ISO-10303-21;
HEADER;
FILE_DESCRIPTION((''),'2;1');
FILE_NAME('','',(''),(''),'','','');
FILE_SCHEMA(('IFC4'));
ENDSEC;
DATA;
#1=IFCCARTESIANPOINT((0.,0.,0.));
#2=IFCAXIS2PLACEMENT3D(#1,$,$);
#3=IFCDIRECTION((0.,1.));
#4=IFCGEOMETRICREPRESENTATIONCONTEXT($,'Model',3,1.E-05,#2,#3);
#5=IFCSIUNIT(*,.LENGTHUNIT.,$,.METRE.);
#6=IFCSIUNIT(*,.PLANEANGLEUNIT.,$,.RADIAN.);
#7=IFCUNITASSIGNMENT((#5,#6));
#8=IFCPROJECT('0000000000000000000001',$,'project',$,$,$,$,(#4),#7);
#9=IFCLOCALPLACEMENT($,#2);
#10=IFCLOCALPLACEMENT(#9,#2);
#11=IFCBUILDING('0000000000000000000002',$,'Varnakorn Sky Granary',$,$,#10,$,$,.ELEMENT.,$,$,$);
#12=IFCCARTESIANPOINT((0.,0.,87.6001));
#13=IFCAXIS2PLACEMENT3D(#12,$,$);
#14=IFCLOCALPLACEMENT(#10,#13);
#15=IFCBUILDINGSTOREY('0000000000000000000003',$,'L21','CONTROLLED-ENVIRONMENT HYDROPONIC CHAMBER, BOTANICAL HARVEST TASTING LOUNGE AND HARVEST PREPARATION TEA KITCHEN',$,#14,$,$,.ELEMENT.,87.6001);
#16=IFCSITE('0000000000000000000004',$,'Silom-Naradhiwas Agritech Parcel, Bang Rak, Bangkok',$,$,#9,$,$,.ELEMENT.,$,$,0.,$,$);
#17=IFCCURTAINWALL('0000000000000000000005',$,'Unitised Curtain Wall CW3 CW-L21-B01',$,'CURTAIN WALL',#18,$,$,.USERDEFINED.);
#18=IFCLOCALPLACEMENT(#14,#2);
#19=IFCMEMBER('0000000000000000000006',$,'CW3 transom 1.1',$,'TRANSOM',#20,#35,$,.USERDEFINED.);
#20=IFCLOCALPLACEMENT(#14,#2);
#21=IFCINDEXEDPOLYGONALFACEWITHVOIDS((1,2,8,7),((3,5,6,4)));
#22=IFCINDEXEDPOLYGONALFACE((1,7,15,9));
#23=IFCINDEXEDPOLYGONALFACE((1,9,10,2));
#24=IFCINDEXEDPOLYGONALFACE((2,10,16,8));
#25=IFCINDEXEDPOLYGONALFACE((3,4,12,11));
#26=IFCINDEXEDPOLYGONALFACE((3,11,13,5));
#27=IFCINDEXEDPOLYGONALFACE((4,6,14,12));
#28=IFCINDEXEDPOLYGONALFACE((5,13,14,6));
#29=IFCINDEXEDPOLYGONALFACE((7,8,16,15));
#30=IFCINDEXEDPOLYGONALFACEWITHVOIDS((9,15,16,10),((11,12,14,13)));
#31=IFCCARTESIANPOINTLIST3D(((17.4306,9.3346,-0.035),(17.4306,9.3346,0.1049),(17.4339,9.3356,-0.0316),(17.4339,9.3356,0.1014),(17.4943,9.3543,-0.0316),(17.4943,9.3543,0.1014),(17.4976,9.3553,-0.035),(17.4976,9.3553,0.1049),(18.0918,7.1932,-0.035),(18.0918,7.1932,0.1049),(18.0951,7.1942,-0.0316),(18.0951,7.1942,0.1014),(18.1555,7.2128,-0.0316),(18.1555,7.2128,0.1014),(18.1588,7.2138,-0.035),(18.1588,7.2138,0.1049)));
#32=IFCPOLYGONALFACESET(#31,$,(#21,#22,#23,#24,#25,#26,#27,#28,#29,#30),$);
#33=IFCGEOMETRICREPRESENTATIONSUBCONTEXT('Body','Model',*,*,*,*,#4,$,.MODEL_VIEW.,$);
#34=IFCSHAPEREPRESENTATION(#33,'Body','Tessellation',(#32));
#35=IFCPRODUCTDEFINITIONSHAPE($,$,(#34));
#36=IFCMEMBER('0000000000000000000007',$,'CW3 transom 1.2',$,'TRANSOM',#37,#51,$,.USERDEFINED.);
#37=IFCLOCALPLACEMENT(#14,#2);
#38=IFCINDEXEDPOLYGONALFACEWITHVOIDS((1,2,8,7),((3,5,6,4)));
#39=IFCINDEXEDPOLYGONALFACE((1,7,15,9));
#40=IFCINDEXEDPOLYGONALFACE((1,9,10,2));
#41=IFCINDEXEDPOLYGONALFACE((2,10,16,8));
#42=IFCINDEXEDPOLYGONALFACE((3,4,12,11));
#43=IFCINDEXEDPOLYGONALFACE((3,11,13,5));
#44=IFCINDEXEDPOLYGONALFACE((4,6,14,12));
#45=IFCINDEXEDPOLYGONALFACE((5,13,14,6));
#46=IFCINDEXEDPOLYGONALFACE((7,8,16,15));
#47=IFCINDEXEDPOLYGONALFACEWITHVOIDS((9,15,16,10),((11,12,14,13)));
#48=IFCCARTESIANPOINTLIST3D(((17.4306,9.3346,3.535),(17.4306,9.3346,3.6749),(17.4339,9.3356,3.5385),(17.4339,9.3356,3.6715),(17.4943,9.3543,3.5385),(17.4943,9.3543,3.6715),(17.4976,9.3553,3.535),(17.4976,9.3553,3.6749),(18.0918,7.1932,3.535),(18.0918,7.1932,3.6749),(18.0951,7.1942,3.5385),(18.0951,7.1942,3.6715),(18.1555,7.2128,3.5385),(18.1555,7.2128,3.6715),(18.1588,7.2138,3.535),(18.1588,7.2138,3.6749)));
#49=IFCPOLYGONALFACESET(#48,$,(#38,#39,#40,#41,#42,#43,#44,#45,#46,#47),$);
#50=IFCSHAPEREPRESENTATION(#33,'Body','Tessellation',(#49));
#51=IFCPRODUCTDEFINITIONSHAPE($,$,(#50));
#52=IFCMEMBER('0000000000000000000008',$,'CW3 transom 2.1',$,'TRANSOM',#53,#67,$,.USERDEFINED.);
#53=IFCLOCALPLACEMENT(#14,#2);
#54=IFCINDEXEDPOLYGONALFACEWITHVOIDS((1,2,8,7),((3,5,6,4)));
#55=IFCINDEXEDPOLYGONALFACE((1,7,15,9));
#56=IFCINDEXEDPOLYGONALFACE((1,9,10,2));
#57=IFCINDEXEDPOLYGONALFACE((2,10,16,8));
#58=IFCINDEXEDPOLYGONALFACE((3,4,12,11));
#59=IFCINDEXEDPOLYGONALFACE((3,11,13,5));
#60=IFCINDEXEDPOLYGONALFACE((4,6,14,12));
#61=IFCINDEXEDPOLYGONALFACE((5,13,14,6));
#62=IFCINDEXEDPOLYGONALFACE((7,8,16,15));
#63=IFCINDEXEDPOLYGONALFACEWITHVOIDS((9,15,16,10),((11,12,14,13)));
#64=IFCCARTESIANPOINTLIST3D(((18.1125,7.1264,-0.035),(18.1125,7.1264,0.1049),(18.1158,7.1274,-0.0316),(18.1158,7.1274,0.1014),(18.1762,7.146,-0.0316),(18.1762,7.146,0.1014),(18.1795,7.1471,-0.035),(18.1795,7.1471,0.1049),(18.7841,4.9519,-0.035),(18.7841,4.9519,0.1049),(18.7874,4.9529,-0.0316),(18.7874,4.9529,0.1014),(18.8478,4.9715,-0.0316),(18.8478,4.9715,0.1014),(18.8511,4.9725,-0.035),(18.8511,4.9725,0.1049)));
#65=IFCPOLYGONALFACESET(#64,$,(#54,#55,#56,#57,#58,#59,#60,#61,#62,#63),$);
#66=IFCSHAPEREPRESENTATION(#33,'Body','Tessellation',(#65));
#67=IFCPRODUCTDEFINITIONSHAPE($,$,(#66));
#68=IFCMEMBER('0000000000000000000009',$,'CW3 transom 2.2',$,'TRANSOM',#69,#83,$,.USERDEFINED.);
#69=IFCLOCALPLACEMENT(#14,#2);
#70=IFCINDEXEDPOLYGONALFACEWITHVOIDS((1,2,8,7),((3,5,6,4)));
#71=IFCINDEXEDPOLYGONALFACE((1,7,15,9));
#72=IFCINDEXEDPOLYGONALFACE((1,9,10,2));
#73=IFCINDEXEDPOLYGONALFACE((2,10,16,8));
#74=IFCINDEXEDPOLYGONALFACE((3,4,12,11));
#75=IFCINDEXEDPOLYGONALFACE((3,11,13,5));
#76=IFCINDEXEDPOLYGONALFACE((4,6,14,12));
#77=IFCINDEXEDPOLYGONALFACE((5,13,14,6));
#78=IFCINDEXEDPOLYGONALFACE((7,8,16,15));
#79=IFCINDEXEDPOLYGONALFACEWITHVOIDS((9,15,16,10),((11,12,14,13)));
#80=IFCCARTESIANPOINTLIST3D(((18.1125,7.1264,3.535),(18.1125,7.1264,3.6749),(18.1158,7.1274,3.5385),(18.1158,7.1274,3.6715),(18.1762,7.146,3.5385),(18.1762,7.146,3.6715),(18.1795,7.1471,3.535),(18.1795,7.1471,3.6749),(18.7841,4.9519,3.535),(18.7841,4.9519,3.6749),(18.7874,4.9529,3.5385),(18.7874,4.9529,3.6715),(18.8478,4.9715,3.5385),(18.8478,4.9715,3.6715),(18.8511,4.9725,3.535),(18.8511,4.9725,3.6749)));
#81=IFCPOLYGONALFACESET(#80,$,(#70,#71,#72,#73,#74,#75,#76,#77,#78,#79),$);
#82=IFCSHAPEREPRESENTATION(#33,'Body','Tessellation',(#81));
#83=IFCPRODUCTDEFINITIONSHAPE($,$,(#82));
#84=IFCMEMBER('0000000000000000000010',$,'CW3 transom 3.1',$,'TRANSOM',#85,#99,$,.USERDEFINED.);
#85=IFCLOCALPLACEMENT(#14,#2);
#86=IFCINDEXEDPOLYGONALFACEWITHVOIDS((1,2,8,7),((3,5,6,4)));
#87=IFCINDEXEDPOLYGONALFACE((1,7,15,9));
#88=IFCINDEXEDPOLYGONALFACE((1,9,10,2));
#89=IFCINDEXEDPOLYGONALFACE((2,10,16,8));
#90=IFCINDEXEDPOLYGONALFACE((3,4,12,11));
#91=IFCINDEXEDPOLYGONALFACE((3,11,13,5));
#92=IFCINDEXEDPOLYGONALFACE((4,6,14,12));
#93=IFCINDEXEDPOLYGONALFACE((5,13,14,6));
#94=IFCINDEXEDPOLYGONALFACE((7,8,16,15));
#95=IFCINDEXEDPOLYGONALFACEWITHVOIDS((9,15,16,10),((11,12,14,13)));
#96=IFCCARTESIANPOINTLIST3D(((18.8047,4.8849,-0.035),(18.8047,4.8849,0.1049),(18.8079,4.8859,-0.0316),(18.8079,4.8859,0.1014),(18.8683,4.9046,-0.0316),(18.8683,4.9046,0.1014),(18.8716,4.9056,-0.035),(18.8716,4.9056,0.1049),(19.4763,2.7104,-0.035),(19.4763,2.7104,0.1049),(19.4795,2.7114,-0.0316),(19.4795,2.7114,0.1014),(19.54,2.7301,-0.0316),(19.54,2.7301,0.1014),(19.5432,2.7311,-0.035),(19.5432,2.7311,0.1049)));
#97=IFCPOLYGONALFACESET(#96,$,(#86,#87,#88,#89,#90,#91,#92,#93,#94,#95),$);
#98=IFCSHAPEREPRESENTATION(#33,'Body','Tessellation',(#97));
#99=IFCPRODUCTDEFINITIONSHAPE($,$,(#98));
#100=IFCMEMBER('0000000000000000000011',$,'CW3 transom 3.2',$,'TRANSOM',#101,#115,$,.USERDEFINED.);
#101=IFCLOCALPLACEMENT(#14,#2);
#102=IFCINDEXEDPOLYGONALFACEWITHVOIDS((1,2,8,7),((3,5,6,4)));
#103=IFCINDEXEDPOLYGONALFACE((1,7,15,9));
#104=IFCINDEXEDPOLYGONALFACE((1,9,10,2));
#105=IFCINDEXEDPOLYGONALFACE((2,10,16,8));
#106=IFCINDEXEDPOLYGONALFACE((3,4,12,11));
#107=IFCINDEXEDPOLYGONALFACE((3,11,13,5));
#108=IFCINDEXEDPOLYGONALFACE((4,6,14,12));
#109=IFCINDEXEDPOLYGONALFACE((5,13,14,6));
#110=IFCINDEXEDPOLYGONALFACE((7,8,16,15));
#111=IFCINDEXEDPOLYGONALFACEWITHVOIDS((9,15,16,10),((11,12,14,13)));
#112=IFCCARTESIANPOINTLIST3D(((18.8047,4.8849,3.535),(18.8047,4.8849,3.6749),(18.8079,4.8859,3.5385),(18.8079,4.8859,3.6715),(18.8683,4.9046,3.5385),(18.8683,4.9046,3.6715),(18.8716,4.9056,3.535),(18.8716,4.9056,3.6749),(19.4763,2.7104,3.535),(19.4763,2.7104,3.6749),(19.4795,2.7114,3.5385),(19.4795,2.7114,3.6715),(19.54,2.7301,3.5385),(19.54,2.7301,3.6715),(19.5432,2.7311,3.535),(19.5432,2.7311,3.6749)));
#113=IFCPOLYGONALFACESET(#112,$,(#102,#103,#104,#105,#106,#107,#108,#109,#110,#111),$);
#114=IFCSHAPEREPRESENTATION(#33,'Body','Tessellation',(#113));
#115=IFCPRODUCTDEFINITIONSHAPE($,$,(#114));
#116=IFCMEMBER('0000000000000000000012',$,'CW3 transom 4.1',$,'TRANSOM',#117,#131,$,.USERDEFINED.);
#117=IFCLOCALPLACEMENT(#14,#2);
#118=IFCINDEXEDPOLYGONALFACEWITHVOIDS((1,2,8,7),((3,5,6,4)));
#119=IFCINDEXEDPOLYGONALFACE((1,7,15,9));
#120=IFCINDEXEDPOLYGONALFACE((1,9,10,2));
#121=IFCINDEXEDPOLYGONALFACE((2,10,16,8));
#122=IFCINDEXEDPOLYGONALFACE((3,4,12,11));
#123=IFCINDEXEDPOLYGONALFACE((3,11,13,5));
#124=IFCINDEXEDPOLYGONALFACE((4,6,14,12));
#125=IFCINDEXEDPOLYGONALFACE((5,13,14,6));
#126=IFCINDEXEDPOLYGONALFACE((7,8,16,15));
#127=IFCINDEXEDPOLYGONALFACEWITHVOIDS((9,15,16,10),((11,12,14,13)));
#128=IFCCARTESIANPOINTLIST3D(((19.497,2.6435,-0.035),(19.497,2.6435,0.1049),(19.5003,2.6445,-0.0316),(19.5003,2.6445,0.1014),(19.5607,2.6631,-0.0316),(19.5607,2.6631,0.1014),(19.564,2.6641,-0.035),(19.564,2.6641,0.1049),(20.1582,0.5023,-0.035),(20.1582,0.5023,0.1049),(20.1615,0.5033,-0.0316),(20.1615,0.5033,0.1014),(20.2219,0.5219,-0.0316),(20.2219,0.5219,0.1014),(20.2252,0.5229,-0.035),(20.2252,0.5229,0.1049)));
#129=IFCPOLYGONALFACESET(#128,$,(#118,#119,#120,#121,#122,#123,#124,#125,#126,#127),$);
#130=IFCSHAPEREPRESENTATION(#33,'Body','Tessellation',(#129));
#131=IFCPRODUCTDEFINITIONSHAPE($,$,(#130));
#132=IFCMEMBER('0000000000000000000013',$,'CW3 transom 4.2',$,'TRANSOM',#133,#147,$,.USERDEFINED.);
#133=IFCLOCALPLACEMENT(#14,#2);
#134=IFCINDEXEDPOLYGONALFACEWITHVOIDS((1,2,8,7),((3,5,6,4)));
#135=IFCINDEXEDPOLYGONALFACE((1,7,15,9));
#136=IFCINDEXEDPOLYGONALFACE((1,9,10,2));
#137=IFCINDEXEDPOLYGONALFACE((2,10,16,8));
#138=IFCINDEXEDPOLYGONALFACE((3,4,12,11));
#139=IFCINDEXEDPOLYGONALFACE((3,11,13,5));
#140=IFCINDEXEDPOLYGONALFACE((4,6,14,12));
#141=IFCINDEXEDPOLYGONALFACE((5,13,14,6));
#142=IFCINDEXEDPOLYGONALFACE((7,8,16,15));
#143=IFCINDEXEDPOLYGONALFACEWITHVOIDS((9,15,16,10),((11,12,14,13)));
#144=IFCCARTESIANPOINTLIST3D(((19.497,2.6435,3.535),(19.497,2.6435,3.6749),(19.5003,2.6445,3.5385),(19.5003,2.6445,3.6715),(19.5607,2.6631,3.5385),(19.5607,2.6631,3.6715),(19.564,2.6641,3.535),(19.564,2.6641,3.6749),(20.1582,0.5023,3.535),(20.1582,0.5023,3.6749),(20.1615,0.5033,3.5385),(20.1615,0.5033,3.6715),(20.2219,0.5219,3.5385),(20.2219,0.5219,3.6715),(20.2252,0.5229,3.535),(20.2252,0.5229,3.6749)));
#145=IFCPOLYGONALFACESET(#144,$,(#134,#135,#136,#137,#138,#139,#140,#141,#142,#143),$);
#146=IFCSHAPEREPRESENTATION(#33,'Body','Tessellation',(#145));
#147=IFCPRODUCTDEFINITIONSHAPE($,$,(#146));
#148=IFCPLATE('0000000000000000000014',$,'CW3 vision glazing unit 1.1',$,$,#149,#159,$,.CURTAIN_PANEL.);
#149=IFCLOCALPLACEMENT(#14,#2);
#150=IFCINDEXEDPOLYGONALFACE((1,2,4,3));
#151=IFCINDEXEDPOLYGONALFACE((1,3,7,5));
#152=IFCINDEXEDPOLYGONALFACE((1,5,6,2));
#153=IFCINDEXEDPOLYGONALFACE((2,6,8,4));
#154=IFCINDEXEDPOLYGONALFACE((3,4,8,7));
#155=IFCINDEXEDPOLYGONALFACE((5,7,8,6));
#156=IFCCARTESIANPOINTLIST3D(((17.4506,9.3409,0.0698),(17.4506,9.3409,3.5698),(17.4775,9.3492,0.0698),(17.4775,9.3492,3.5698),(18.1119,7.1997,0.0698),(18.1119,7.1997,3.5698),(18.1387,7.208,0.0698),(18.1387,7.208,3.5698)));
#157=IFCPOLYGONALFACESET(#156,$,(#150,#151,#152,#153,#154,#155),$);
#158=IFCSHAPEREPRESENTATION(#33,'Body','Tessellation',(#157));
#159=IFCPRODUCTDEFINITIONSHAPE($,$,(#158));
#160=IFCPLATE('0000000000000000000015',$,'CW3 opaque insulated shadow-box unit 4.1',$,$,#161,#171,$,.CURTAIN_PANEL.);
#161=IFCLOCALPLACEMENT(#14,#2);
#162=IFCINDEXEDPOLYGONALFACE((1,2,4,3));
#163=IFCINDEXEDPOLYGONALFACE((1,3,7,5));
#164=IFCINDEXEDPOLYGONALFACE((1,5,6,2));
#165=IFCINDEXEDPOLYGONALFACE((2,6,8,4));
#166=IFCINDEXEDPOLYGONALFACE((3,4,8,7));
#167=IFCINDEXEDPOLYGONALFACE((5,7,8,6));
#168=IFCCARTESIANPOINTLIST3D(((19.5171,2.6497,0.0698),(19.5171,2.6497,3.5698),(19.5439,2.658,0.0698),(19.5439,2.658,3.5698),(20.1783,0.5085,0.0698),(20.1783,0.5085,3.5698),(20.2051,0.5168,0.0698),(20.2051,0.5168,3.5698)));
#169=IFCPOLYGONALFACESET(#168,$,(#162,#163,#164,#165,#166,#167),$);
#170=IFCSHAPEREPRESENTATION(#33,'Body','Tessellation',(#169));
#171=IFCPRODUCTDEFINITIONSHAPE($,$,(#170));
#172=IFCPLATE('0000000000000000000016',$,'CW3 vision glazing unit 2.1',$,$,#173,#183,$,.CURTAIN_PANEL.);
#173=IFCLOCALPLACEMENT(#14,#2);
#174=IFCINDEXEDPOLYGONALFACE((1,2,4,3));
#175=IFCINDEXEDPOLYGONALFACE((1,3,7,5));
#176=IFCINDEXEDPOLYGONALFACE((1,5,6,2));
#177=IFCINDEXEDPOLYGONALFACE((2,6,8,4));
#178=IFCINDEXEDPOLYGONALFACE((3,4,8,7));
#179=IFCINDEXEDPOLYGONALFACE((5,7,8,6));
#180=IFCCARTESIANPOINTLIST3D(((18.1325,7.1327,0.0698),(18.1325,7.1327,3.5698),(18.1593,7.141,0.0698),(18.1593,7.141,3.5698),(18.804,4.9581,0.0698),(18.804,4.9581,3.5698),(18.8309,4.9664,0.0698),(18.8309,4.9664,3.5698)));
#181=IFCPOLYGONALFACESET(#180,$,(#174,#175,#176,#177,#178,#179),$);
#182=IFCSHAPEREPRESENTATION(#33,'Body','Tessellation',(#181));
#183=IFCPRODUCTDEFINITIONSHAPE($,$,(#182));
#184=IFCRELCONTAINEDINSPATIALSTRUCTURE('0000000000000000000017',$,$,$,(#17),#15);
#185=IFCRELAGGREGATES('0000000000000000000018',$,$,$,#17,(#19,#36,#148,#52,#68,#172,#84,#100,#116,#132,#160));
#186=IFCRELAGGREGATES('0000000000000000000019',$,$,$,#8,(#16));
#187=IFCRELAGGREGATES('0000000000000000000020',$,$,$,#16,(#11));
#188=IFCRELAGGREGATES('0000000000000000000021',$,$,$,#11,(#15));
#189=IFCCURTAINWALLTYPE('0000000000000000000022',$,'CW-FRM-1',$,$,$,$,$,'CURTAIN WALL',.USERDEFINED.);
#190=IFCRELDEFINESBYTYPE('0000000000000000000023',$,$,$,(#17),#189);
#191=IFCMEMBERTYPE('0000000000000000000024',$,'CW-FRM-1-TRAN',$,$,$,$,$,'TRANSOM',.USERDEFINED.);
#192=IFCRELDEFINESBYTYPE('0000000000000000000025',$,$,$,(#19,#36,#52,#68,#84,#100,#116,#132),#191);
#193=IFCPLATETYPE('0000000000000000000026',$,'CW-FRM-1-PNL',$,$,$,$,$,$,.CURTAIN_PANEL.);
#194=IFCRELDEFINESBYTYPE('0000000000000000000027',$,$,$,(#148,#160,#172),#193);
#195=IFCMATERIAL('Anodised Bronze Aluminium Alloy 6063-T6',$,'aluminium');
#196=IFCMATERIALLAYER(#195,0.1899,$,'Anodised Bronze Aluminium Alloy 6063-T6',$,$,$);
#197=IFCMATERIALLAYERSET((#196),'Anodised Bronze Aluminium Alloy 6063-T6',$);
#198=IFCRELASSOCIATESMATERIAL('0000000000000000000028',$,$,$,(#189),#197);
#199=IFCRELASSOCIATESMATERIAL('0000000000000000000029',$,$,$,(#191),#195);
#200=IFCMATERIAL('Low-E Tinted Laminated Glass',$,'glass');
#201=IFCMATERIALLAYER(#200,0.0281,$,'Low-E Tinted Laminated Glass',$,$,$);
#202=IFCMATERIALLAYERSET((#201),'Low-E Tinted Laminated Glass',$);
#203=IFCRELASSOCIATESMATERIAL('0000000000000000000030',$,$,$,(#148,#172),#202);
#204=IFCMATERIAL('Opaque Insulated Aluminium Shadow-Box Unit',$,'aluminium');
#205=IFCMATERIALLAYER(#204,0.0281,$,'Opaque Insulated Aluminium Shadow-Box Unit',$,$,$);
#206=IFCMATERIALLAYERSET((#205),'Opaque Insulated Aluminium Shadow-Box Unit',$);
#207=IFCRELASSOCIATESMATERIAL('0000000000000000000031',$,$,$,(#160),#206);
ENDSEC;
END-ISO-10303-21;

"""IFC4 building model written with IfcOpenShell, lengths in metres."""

from ifc_helpers import new_model, si_unit, direction, frame, origin, origin_2d, place, context, subcontext, project, spatial, rectangle, hollow_rectangle, extrude, source, transform, mapped, material, layer, layer_set, material_profile, profile_set, type_object, type_shapes, element, aggregate, save


model = new_model("IFC4")

# Units and contexts
model_context = context("Model", 3, precision=1e-05, world=origin(), true_north=direction((0.0, 1.0)))
body_context = subcontext(model_context, "Body", "Model", "MODEL_VIEW")
ifc_project = project(units=[si_unit("LENGTHUNIT", "METRE"), si_unit("PLANEANGLEUNIT", "RADIAN")], contexts=[model_context])

# Site, building, storey
site_placement = place(None, origin())
site = spatial("IfcSite", under=ifc_project, at=site_placement, Name="Silom-Naradhiwas Agritech Parcel, Bang Rak, Bangkok", CompositionType="ELEMENT", RefElevation=0.0)
building_placement = place(site_placement, origin())
building = spatial("IfcBuilding", under=site, at=building_placement, Name="Varnakorn Sky Granary", CompositionType="ELEMENT")
storey_placement = place(building_placement, frame((0.0, 0.0, 87.6001)))
storey = spatial("IfcBuildingStorey", under=building, at=storey_placement, Name="L21", Description="CONTROLLED-ENVIRONMENT HYDROPONIC CHAMBER, BOTANICAL HARVEST TASTING LOUNGE AND HARVEST PREPARATION TEA KITCHEN", CompositionType="ELEMENT", Elevation=87.6001)

# Curtain wall
ifc_material_1 = material(Name="Anodised Bronze Aluminium Alloy 6063-T6", Category="aluminium")
ifc_layer_1 = layer(ifc_material_1, 0.1899, Name="Anodised Bronze Aluminium Alloy 6063-T6")
ifc_layer_set_1 = layer_set([ifc_layer_1], Name="Anodised Bronze Aluminium Alloy 6063-T6")
curtain_wall_type = type_object("IfcCurtainWallType", Name="CW-FRM-1", ElementType="CURTAIN WALL", PredefinedType="USERDEFINED", material=ifc_layer_set_1)
curtain_wall_1_placement = place(storey_placement, origin())
curtain_wall_1 = element("IfcCurtainWall", 1, at=curtain_wall_1_placement, inside=storey, type_object=curtain_wall_type, Name="Unitised Curtain Wall CW3 CW-L21-B01", ObjectType="CURTAIN WALL", PredefinedType="USERDEFINED")

# Members
ifc_material_profile_1 = material_profile(ifc_material_1, hollow_rectangle(XDim=0.0701, YDim=0.1399, WallThickness=0.0034, at=origin_2d()), Name="ALU TRAN 70x140")
ifc_profile_set_1 = profile_set([ifc_material_profile_1], Name="Anodised Bronze Aluminium Alloy 6063-T6")
member_type_1 = type_object("IfcMemberType", Name="CW-FRM-1-TRAN", ElementType="TRANSOM", PredefinedType="USERDEFINED", material=ifc_profile_set_1)
member_1_placement = place(storey_placement, frame((17.4641, 9.345, 0.0349), z_axis=(0.295004, -0.955496, 0.0), x_axis=(0.955496, 0.295004, 0.0)))
member_1 = element("IfcMember", 2, at=member_1_placement, type_object=member_type_1, Name="CW3 transom 1.1", ObjectType="TRANSOM", PredefinedType="USERDEFINED", context=body_context, shape_type="SweptSolid", body=[
    extrude(hollow_rectangle(XDim=0.0701, YDim=0.1399, WallThickness=0.0034, at=origin_2d()), origin(), (0.0, 0.0, 1.0), 2.2412),
])
member_2_placement = place(storey_placement, frame((17.4641, 9.345, 3.605), z_axis=(0.295004, -0.955496, 0.0), x_axis=(0.955496, 0.295004, 0.0)))
member_2 = element("IfcMember", 3, at=member_2_placement, type_object=member_type_1, Name="CW3 transom 1.2", ObjectType="TRANSOM", PredefinedType="USERDEFINED", context=body_context, shape_type="SweptSolid", body=[
    extrude(hollow_rectangle(XDim=0.0701, YDim=0.1399, WallThickness=0.0034, at=origin_2d()), origin(), (0.0, 0.0, 1.0), 2.2412),
])
member_3_placement = place(storey_placement, frame((18.146, 7.1367, 0.0349), z_axis=(0.295103, -0.955465, 0.0), x_axis=(0.955465, 0.295103, 0.0)))
member_3 = element("IfcMember", 4, at=member_3_placement, type_object=member_type_1, Name="CW3 transom 2.1", ObjectType="TRANSOM", PredefinedType="USERDEFINED", context=body_context, shape_type="SweptSolid", body=[
    extrude(hollow_rectangle(XDim=0.0701, YDim=0.1399, WallThickness=0.0034, at=origin_2d()), origin(), (0.0, 0.0, 1.0), 2.2759),
])
member_4_placement = place(storey_placement, frame((18.146, 7.1367, 3.605), z_axis=(0.295103, -0.955465, 0.0), x_axis=(0.955465, 0.295103, 0.0)))
member_4 = element("IfcMember", 5, at=member_4_placement, type_object=member_type_1, Name="CW3 transom 2.2", ObjectType="TRANSOM", PredefinedType="USERDEFINED", context=body_context, shape_type="SweptSolid", body=[
    extrude(hollow_rectangle(XDim=0.0701, YDim=0.1399, WallThickness=0.0034, at=origin_2d()), origin(), (0.0, 0.0, 1.0), 2.2759),
])
member_5_placement = place(storey_placement, frame((18.8381, 4.8953, 0.0349), z_axis=(0.295103, -0.955465, 0.0), x_axis=(0.955465, 0.295103, 0.0)))
member_5 = element("IfcMember", 6, at=member_5_placement, type_object=member_type_1, Name="CW3 transom 3.1", ObjectType="TRANSOM", PredefinedType="USERDEFINED", context=body_context, shape_type="SweptSolid", body=[
    extrude(hollow_rectangle(XDim=0.0701, YDim=0.1399, WallThickness=0.0034, at=origin_2d()), origin(), (0.0, 0.0, 1.0), 2.2759),
])
member_6_placement = place(storey_placement, frame((18.8381, 4.8953, 3.605), z_axis=(0.295103, -0.955465, 0.0), x_axis=(0.955465, 0.295103, 0.0)))
member_6 = element("IfcMember", 7, at=member_6_placement, type_object=member_type_1, Name="CW3 transom 3.2", ObjectType="TRANSOM", PredefinedType="USERDEFINED", context=body_context, shape_type="SweptSolid", body=[
    extrude(hollow_rectangle(XDim=0.0701, YDim=0.1399, WallThickness=0.0034, at=origin_2d()), origin(), (0.0, 0.0, 1.0), 2.2759),
])
member_7_placement = place(storey_placement, frame((19.5305, 2.6538, 0.0349), z_axis=(0.295035, -0.955486, 0.0), x_axis=(0.955486, 0.295035, 0.0)))
member_7 = element("IfcMember", 8, at=member_7_placement, type_object=member_type_1, Name="CW3 transom 4.1", ObjectType="TRANSOM", PredefinedType="USERDEFINED", context=body_context, shape_type="SweptSolid", body=[
    extrude(hollow_rectangle(XDim=0.0701, YDim=0.1399, WallThickness=0.0034, at=origin_2d()), origin(), (0.0, 0.0, 1.0), 2.241),
])
member_8_placement = place(storey_placement, frame((19.5305, 2.6538, 3.605), z_axis=(0.295035, -0.955486, 0.0), x_axis=(0.955486, 0.295035, 0.0)))
member_8 = element("IfcMember", 9, at=member_8_placement, type_object=member_type_1, Name="CW3 transom 4.2", ObjectType="TRANSOM", PredefinedType="USERDEFINED", context=body_context, shape_type="SweptSolid", body=[
    extrude(hollow_rectangle(XDim=0.0701, YDim=0.1399, WallThickness=0.0034, at=origin_2d()), origin(), (0.0, 0.0, 1.0), 2.241),
])

# Plates
ifc_material_2 = material(Name="Low-E Tinted Laminated Glass", Category="glass")
ifc_layer_2 = layer(ifc_material_2, 0.0281, Name="Low-E Tinted Laminated Glass")
ifc_layer_set_2 = layer_set([ifc_layer_2], Name="Low-E Tinted Laminated Glass")
plate_type = type_object("IfcPlateType", Name="CW-FRM-1-PNL", PredefinedType="CURTAIN_PANEL")
shared_shape_1 = source(origin(), body_context, "Body", "SweptSolid", [
    extrude(rectangle(XDim=2.241, YDim=0.0281, at=origin_2d()), origin(), (0.0, 0.0, 1.0), 3.5),
])
plate_1_placement = place(storey_placement, frame((17.7947, 8.2744, 0.0698), z_axis=(0.0, 0.0, 1.0), x_axis=(0.295069, -0.955476, 0.0)))
plate_1 = element("IfcPlate", 10, at=plate_1_placement, type_object=plate_type, material=ifc_layer_set_2, Name="CW3 vision glazing unit 1.1", PredefinedType="CURTAIN_PANEL", context=body_context, shape_type="MappedRepresentation", body=[
    mapped(shared_shape_1, transform((0.0, 0.0, 0.0), x_axis=(1.0, 0.0, 0.0), y_axis=(0.0, 1.0, 0.0), z_axis=(0.0, 0.0, 1.0), scale=1.0)),
])
ifc_material_3 = material(Name="Opaque Insulated Aluminium Shadow-Box Unit", Category="aluminium")
ifc_layer_3 = layer(ifc_material_3, 0.0281, Name="Opaque Insulated Aluminium Shadow-Box Unit")
ifc_layer_set_3 = layer_set([ifc_layer_3], Name="Opaque Insulated Aluminium Shadow-Box Unit")
plate_2_placement = place(storey_placement, frame((19.8611, 1.5833, 0.0698), z_axis=(0.0, 0.0, 1.0), x_axis=(0.295069, -0.955476, 0.0)))
plate_2 = element("IfcPlate", 11, at=plate_2_placement, type_object=plate_type, material=ifc_layer_set_3, Name="CW3 opaque insulated shadow-box unit 4.1", PredefinedType="CURTAIN_PANEL", context=body_context, shape_type="MappedRepresentation", body=[
    mapped(shared_shape_1, transform((0.0, 0.0, 0.0), x_axis=(1.0, 0.0, 0.0), y_axis=(0.0, 1.0, 0.0), z_axis=(0.0, 0.0, 1.0), scale=1.0)),
])
shared_shape_2 = source(origin(), body_context, "Body", "SweptSolid", [
    extrude(rectangle(XDim=2.2759, YDim=0.0281, at=origin_2d()), origin(), (0.0, 0.0, 1.0), 3.5),
])
type_shapes(plate_type, [shared_shape_1, shared_shape_2])
plate_3_placement = place(storey_placement, frame((18.4817, 6.0496, 0.0698), z_axis=(0.0, 0.0, 1.0), x_axis=(0.295069, -0.955476, 0.0)))
plate_3 = element("IfcPlate", 12, at=plate_3_placement, type_object=plate_type, material=ifc_layer_set_2, Name="CW3 vision glazing unit 2.1", PredefinedType="CURTAIN_PANEL", context=body_context, shape_type="MappedRepresentation", body=[
    mapped(shared_shape_2, transform((0.0, 0.0, 0.0), x_axis=(1.0, 0.0, 0.0), y_axis=(0.0, 1.0, 0.0), z_axis=(0.0, 0.0, 1.0), scale=1.0)),
])
aggregate(curtain_wall_1, [member_1, member_2, plate_1, member_3, member_4, plate_3, member_5, member_6, member_7, member_8, plate_2])

save(model, "model.ifc")
